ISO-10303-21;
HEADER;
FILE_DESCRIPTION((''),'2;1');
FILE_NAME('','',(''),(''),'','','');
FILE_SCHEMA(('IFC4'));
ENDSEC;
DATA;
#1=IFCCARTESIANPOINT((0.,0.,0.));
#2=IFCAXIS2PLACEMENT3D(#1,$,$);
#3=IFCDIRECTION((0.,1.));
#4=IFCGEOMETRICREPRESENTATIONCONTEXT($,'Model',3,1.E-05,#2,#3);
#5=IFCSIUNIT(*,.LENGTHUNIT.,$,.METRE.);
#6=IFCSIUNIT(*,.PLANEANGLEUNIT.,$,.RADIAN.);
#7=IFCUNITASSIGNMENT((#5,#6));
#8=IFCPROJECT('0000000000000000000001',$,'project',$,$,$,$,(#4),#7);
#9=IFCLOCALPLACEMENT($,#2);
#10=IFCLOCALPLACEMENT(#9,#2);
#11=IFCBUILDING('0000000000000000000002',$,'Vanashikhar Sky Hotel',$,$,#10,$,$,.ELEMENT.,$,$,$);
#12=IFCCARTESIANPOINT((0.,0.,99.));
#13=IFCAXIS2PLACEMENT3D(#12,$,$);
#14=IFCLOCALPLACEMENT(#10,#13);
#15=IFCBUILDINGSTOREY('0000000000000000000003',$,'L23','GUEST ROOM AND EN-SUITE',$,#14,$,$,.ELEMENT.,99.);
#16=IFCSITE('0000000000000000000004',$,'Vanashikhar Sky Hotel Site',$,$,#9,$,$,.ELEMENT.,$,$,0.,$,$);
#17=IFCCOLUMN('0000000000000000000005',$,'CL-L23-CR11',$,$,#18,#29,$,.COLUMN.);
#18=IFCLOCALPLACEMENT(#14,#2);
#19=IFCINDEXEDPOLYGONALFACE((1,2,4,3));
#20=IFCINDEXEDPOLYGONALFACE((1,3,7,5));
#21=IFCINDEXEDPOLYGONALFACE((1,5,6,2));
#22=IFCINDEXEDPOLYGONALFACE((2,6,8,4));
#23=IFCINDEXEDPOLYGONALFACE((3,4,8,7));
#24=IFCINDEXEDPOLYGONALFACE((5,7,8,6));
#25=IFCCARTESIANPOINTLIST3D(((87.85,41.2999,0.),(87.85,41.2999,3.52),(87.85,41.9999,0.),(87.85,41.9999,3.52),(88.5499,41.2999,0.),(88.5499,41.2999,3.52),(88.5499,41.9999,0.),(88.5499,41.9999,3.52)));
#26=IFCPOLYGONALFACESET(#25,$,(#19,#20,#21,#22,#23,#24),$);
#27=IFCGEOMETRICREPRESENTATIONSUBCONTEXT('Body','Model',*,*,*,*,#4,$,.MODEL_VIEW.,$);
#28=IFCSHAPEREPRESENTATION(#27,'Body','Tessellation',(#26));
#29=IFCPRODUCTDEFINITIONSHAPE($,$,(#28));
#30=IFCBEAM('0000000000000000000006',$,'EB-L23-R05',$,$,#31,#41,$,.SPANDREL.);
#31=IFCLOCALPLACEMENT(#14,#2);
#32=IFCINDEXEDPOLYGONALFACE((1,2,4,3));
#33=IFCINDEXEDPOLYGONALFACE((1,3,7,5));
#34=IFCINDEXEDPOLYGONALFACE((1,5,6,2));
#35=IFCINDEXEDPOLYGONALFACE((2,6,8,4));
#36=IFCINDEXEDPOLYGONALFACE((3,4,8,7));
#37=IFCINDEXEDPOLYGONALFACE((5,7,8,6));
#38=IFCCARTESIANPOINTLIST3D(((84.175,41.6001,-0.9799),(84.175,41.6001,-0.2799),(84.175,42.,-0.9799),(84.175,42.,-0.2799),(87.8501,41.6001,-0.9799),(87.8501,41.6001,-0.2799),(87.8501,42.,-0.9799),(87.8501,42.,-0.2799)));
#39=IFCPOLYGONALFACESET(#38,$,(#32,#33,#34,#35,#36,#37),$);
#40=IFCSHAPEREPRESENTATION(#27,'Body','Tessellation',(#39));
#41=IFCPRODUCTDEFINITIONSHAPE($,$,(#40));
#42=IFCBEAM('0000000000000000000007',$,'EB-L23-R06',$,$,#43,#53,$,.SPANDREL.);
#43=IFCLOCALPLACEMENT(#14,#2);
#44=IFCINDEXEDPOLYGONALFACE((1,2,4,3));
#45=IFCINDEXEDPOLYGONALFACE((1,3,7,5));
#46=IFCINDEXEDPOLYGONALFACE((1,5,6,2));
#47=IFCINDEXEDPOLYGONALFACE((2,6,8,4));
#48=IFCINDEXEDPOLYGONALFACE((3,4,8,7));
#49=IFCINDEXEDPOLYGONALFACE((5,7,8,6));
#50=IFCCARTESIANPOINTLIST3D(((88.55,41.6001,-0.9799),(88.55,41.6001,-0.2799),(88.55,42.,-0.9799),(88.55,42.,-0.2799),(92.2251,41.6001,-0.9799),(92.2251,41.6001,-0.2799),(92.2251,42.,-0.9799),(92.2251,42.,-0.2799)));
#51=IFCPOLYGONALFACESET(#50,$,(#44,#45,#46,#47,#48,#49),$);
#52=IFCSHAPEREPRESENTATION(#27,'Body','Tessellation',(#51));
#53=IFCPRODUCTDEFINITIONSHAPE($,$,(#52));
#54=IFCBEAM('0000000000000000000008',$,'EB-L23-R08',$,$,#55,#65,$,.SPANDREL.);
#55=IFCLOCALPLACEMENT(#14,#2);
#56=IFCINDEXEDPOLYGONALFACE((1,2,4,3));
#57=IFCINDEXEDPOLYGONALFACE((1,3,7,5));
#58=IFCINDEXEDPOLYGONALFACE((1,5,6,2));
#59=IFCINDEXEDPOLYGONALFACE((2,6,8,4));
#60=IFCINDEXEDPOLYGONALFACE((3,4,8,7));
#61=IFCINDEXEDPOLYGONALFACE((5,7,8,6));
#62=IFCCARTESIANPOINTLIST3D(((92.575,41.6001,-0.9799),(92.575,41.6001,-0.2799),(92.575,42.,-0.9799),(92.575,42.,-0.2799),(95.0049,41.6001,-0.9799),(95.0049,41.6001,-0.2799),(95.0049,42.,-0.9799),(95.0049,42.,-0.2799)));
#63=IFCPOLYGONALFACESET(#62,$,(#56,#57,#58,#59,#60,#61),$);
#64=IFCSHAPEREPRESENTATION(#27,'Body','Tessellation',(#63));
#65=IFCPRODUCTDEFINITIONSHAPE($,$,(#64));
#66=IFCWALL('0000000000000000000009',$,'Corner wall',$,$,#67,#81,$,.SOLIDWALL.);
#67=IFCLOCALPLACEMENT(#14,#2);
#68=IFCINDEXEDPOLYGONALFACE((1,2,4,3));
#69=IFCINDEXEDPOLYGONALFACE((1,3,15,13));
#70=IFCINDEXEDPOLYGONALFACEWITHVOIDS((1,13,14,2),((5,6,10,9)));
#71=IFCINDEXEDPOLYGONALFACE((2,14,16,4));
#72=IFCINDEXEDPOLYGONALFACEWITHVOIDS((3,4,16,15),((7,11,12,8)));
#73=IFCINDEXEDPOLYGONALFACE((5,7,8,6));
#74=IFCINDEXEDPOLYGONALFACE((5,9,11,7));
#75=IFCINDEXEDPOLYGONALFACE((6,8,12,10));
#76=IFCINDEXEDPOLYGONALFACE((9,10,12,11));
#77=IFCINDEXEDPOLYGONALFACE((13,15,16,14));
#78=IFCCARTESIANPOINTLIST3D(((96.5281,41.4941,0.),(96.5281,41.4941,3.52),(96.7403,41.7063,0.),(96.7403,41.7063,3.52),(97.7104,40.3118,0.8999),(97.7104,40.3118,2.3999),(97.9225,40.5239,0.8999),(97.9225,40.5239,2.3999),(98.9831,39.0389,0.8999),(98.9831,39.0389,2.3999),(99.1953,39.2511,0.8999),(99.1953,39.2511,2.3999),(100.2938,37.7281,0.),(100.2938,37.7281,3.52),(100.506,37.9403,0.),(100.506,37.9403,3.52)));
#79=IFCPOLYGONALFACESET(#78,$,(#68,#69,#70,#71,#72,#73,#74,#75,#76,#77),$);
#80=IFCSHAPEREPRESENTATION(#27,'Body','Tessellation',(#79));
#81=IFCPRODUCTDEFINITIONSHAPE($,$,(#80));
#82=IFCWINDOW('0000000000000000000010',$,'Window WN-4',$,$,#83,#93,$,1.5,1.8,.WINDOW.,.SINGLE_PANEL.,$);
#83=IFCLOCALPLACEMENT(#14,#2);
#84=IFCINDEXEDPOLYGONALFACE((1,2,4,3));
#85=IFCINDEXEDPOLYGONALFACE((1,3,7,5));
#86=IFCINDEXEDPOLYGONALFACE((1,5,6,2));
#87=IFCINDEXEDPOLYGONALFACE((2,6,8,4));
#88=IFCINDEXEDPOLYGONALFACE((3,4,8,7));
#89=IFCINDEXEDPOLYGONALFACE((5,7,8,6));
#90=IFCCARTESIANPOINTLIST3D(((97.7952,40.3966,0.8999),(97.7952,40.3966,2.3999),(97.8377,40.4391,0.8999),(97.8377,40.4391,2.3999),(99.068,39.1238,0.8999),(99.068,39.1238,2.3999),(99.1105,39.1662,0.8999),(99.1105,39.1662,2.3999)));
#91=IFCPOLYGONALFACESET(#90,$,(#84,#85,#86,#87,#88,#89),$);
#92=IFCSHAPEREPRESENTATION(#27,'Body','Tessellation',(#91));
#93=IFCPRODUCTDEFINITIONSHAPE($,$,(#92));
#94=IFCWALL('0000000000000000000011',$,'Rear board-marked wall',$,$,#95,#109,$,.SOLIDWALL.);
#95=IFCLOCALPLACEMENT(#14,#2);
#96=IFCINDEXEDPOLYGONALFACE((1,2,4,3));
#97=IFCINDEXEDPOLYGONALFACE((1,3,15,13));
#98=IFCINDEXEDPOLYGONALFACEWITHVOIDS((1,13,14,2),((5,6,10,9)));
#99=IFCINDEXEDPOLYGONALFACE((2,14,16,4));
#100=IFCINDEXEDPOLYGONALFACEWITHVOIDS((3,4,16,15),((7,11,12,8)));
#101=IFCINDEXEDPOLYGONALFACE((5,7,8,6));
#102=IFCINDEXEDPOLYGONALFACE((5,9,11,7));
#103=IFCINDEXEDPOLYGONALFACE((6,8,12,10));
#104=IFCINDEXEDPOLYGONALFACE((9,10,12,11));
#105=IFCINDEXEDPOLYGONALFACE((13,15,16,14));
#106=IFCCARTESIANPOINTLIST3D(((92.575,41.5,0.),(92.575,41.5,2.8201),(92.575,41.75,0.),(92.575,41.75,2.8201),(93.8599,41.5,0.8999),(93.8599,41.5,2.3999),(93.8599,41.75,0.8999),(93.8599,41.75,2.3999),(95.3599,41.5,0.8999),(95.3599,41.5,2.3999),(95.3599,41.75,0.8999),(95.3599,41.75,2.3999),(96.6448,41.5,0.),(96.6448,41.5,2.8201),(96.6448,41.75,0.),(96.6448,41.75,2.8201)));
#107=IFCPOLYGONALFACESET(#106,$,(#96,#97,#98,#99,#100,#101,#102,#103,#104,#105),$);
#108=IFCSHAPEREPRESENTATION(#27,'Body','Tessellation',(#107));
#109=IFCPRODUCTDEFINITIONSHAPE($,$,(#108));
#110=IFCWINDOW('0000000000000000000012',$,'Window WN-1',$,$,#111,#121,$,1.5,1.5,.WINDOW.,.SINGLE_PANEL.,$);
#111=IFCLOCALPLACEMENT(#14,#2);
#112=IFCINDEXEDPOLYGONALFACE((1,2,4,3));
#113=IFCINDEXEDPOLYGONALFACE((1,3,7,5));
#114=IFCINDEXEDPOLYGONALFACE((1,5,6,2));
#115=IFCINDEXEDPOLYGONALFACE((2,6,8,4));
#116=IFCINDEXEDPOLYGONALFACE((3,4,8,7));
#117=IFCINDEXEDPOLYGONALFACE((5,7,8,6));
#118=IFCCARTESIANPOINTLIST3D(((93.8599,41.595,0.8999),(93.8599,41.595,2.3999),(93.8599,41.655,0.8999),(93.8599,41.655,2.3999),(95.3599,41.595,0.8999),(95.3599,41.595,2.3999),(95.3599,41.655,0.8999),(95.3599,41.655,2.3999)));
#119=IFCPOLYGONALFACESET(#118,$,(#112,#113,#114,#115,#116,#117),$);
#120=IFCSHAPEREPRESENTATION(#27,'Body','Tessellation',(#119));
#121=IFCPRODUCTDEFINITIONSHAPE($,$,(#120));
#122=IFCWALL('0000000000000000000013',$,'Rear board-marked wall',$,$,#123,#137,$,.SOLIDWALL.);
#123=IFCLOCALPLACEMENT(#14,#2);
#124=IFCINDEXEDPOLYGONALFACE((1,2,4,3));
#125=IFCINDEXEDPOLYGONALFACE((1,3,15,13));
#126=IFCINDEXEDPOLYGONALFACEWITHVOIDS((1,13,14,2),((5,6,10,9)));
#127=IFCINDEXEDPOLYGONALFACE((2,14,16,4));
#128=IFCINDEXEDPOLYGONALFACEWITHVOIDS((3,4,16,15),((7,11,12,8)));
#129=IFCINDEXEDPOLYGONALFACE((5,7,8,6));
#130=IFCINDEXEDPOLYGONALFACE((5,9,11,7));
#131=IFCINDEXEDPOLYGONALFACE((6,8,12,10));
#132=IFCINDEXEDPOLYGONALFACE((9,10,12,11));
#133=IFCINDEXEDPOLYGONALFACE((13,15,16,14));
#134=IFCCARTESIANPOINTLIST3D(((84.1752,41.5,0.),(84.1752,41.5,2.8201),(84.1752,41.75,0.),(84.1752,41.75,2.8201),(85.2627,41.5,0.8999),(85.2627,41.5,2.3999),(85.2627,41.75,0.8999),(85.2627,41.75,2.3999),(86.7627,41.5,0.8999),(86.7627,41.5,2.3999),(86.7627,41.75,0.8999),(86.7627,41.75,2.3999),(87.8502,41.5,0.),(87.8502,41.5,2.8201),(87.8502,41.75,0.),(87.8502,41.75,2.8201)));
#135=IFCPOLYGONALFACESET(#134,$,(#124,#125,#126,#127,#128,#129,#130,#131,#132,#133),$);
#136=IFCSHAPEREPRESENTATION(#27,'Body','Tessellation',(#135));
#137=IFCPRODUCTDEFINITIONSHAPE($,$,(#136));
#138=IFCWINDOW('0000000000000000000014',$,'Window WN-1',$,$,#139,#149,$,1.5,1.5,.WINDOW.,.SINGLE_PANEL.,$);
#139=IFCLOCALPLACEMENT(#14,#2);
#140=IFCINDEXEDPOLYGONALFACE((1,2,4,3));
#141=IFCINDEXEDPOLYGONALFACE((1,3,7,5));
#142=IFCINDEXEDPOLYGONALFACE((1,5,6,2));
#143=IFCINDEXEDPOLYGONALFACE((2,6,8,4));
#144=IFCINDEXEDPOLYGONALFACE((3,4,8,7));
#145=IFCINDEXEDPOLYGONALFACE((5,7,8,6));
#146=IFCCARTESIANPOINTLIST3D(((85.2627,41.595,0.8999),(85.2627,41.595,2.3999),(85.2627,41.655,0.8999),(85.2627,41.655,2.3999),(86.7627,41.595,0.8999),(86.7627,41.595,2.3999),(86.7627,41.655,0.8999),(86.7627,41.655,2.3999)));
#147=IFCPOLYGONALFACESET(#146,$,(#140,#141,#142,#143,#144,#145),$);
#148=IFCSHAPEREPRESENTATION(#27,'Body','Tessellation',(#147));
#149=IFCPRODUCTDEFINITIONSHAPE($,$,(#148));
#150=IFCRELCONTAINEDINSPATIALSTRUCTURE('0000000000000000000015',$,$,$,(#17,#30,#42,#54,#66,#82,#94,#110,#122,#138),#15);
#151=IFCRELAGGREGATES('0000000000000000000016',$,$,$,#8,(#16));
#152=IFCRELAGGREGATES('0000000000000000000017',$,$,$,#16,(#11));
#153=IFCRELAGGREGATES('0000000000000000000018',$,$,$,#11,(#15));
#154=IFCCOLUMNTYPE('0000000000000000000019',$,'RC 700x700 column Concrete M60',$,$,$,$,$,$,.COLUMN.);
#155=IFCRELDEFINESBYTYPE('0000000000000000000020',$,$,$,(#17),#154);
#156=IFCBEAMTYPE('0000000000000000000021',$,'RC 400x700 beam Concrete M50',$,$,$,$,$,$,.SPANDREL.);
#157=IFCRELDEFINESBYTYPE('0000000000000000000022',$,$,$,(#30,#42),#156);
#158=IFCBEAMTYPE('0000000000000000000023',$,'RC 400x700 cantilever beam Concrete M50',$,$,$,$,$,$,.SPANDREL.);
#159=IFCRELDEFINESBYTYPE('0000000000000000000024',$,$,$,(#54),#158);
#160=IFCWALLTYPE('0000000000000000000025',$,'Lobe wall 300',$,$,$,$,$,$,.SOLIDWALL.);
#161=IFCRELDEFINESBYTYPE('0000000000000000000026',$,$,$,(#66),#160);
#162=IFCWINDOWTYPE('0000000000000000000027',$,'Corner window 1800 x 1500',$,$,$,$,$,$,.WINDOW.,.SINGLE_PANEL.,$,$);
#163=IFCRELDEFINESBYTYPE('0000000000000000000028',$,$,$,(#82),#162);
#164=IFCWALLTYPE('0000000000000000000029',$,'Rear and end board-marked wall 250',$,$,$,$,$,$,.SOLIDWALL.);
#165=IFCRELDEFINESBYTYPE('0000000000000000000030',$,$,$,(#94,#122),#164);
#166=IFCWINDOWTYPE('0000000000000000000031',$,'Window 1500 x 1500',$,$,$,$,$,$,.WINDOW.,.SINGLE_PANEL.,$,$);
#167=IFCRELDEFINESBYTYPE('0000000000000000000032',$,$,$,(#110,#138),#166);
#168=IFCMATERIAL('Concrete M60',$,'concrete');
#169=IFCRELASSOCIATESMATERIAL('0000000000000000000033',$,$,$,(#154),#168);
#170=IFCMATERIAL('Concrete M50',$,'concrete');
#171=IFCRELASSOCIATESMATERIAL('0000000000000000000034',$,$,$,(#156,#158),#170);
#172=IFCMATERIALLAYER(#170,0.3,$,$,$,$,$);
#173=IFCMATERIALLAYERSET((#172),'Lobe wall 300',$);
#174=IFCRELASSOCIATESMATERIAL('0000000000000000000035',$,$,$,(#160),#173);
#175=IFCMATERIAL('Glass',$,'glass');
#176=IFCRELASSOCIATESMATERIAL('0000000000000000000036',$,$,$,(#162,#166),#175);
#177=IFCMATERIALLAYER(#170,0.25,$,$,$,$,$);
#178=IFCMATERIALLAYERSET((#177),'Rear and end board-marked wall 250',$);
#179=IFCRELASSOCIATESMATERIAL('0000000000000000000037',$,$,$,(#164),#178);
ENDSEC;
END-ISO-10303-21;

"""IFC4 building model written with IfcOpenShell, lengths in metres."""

from ifc_helpers import new_model, si_unit, direction, frame, frame_2d, origin, origin_2d, place, context, subcontext, project, spatial, rectangle, extrude, source, transform, mapped, material, layer, layer_set, material_profile, profile_set, type_object, element, fill, save


model = new_model("IFC4")

# Units and contexts
model_context = context("Model", 3, precision=1e-05, world=origin(), true_north=direction((0.0, 1.0)))
body_context = subcontext(model_context, "Body", "Model", "MODEL_VIEW")
ifc_project = project(units=[si_unit("LENGTHUNIT", "METRE"), si_unit("PLANEANGLEUNIT", "RADIAN")], contexts=[model_context])

# Site, building, storey
site_placement = place(None, origin())
site = spatial("IfcSite", under=ifc_project, at=site_placement, Name="Vanashikhar Sky Hotel Site", CompositionType="ELEMENT", RefElevation=0.0)
building_placement = place(site_placement, origin())
building = spatial("IfcBuilding", under=site, at=building_placement, Name="Vanashikhar Sky Hotel", CompositionType="ELEMENT")
storey_placement = place(building_placement, frame((0.0, 0.0, 99.0)))
storey = spatial("IfcBuildingStorey", under=building, at=storey_placement, Name="L23", Description="GUEST ROOM AND EN-SUITE", CompositionType="ELEMENT", Elevation=99.0)

# Column
ifc_material_1 = material(Name="Concrete M60", Category="concrete")
ifc_material_profile_1 = material_profile(ifc_material_1, rectangle(XDim=0.7, YDim=0.7, at=origin_2d()))
ifc_profile_set_1 = profile_set([ifc_material_profile_1], Name="RC 700x700 column Concrete M60")
column_type = type_object("IfcColumnType", Name="RC 700x700 column Concrete M60", PredefinedType="COLUMN", material=ifc_profile_set_1)
shared_shape_1 = source(origin(), body_context, "Body", "SweptSolid", [
    extrude(rectangle(XDim=0.7, YDim=0.7, at=origin_2d()), origin(), (0.0, 0.0, 1.0), 3.52),
])
column_placement = place(storey_placement, frame((88.2, 41.6499, 0.0), z_axis=(0.0, 0.0, 1.0), x_axis=(1.0, 0.0, 0.0)))
element("IfcColumn", 1, at=column_placement, inside=storey, type_object=column_type, Name="CL-L23-CR11", PredefinedType="COLUMN", context=body_context, shape_type="MappedRepresentation", body=[
    mapped(shared_shape_1, transform((0.0, 0.0, 0.0), scale=1.0)),
])

# Beams
ifc_material_2 = material(Name="Concrete M50", Category="concrete")
ifc_material_profile_2 = material_profile(ifc_material_2, rectangle(XDim=0.3999, YDim=0.7, at=origin_2d()))
ifc_profile_set_2 = profile_set([ifc_material_profile_2], Name="RC 400x700 beam Concrete M50")
beam_type_1 = type_object("IfcBeamType", Name="RC 400x700 beam Concrete M50", PredefinedType="SPANDREL", material=ifc_profile_set_2)
shared_shape_2 = source(origin(), body_context, "Body", "SweptSolid", [
    extrude(rectangle(XDim=0.3999, YDim=0.7, at=origin_2d()), origin(), (0.0, 0.0, 1.0), 3.675),
])
for number, where, z_axis, x_axis, name in (
    (2, (84.175, 41.8, -0.6299), (1.0, 0.0, 0.0), (0.0, 1.0, 0.0), "EB-L23-R05"),
    (3, (88.55, 41.8, -0.6299), (1.0, 0.0, 0.0), (0.0, 1.0, 0.0), "EB-L23-R06"),
):
    element("IfcBeam", number, at=place(storey_placement, frame(where, z_axis=z_axis, x_axis=x_axis)), inside=storey, type_object=beam_type_1, Name=name, PredefinedType="SPANDREL", context=body_context, shape_type="MappedRepresentation", body=[
        mapped(shared_shape_2, transform((0.0, 0.0, 0.0), scale=1.0)),
    ])
ifc_material_profile_3 = material_profile(ifc_material_2, rectangle(XDim=0.3999, YDim=0.7, at=origin_2d()))
ifc_profile_set_3 = profile_set([ifc_material_profile_3], Name="RC 400x700 cantilever beam Concrete M50")
beam_type_2 = type_object("IfcBeamType", Name="RC 400x700 cantilever beam Concrete M50", PredefinedType="SPANDREL", material=ifc_profile_set_3)
shared_shape_3 = source(origin(), body_context, "Body", "SweptSolid", [
    extrude(rectangle(XDim=0.3999, YDim=0.7, at=origin_2d()), origin(), (0.0, 0.0, 1.0), 2.4299),
])
beam_placement = place(storey_placement, frame((92.575, 41.8, -0.6299), z_axis=(1.0, 0.0, 0.0), x_axis=(0.0, 1.0, 0.0)))
element("IfcBeam", 4, at=beam_placement, inside=storey, type_object=beam_type_2, Name="EB-L23-R08", PredefinedType="SPANDREL", context=body_context, shape_type="MappedRepresentation", body=[
    mapped(shared_shape_3, transform((0.0, 0.0, 0.0), scale=1.0)),
])

# Walls, openings, windows
ifc_layer_1 = layer(ifc_material_2, 0.3)
ifc_layer_set_1 = layer_set([ifc_layer_1], Name="Lobe wall 300")
wall_type_1 = type_object("IfcWallType", Name="Lobe wall 300", PredefinedType="SOLIDWALL", material=ifc_layer_set_1)
shared_shape_4 = source(origin(), body_context, "Body", "SweptSolid", [
    extrude(rectangle(XDim=5.3257, YDim=0.3, at=frame_2d((2.6628, 0.0))), origin(), (0.0, 0.0, 1.0), 3.52),
])
wall_1_placement = place(storey_placement, frame((100.3999, 37.8342, 0.0), z_axis=(0.0, 0.0, 1.0), x_axis=(-0.707084, 0.70713, 0.0)))
wall_1 = element("IfcWall", 5, at=wall_1_placement, inside=storey, type_object=wall_type_1, Name="Corner wall", PredefinedType="SOLIDWALL", context=body_context, shape_type="MappedRepresentation", body=[
    mapped(shared_shape_4, transform((0.0, 0.0, 0.0), scale=1.0)),
])
shared_shape_5 = source(origin(), body_context, "Body", "SweptSolid", [
    extrude(rectangle(XDim=1.8, YDim=1.5, at=frame_2d((0.8999, 0.75))), frame((0.0, 0.1602, 0.0), z_axis=(0.0, -1.0, 0.0), x_axis=(1.0, 0.0, 0.0)), (0.0, 0.0, 1.0), 0.3201),
])
opening_1_placement = place(wall_1_placement, frame((1.8538, 0.0, 0.8999)))
opening_1 = element("IfcOpeningElement", 6, at=opening_1_placement, cuts=wall_1, PredefinedType="OPENING", context=body_context, shape_type="MappedRepresentation", body=[
    mapped(shared_shape_5, transform((0.0, 0.0, 0.0), scale=1.0)),
])
ifc_material_3 = material(Name="Glass", Category="glass")
window_type_1 = type_object("IfcWindowType", Name="Corner window 1800 x 1500", PartitioningType="SINGLE_PANEL", PredefinedType="WINDOW", material=ifc_material_3)
shared_shape_6 = source(origin(), body_context, "Body", "SweptSolid", [
    extrude(rectangle(XDim=1.8, YDim=1.5, at=frame_2d((0.8999, 0.75))), frame((0.0, 0.03, 0.0), z_axis=(0.0, -1.0, 0.0), x_axis=(1.0, 0.0, 0.0)), (0.0, 0.0, 1.0), 0.0601),
])
window_1_placement = place(opening_1_placement, origin())
window_1 = element("IfcWindow", 7, at=window_1_placement, inside=storey, type_object=window_type_1, Name="Window WN-4", OverallHeight=1.5, OverallWidth=1.8, PartitioningType="SINGLE_PANEL", PredefinedType="WINDOW", context=body_context, shape_type="MappedRepresentation", body=[
    mapped(shared_shape_6, transform((0.0, 0.0, 0.0), scale=1.0)),
])
fill(opening_1, window_1)
ifc_layer_2 = layer(ifc_material_2, 0.25)
ifc_layer_set_2 = layer_set([ifc_layer_2], Name="Rear and end board-marked wall 250")
wall_type_2 = type_object("IfcWallType", Name="Rear and end board-marked wall 250", PredefinedType="SOLIDWALL", material=ifc_layer_set_2)
shared_shape_7 = source(origin(), body_context, "Body", "SweptSolid", [
    extrude(rectangle(XDim=4.0698, YDim=0.25, at=frame_2d((2.0349, 0.0))), origin(), (0.0, 0.0, 1.0), 2.8201),
])
wall_2_placement = place(storey_placement, frame((96.6448, 41.625, 0.0), z_axis=(0.0, 0.0, 1.0), x_axis=(-1.0, 0.0, 0.0)))
wall_2 = element("IfcWall", 8, at=wall_2_placement, inside=storey, type_object=wall_type_2, Name="Rear board-marked wall", PredefinedType="SOLIDWALL", context=body_context, shape_type="MappedRepresentation", body=[
    mapped(shared_shape_7, transform((0.0, 0.0, 0.0), scale=1.0)),
])
shared_shape_8 = source(origin(), body_context, "Body", "SweptSolid", [
    extrude(rectangle(XDim=1.5, YDim=1.5, at=frame_2d((0.75, 0.75))), frame((0.0, 0.135, 0.0), z_axis=(0.0, -1.0, 0.0), x_axis=(1.0, 0.0, 0.0)), (0.0, 0.0, 1.0), 0.27),
])
opening_2_placement = place(wall_2_placement, frame((1.2849, 0.0, 0.8999)))
opening_2 = element("IfcOpeningElement", 9, at=opening_2_placement, cuts=wall_2, PredefinedType="OPENING", context=body_context, shape_type="MappedRepresentation", body=[
    mapped(shared_shape_8, transform((0.0, 0.0, 0.0), scale=1.0)),
])
window_type_2 = type_object("IfcWindowType", Name="Window 1500 x 1500", PartitioningType="SINGLE_PANEL", PredefinedType="WINDOW", material=ifc_material_3)
shared_shape_9 = source(origin(), body_context, "Body", "SweptSolid", [
    extrude(rectangle(XDim=1.5, YDim=1.5, at=frame_2d((0.75, 0.75))), frame((0.0, 0.03, 0.0), z_axis=(0.0, -1.0, 0.0), x_axis=(1.0, 0.0, 0.0)), (0.0, 0.0, 1.0), 0.0601),
])
window_2_placement = place(opening_2_placement, origin())
window_2 = element("IfcWindow", 10, at=window_2_placement, inside=storey, type_object=window_type_2, Name="Window WN-1", OverallHeight=1.5, OverallWidth=1.5, PartitioningType="SINGLE_PANEL", PredefinedType="WINDOW", context=body_context, shape_type="MappedRepresentation", body=[
    mapped(shared_shape_9, transform((0.0, 0.0, 0.0), scale=1.0)),
])
fill(opening_2, window_2)
shared_shape_10 = source(origin(), body_context, "Body", "SweptSolid", [
    extrude(rectangle(XDim=3.675, YDim=0.25, at=frame_2d((1.8374, 0.0))), origin(), (0.0, 0.0, 1.0), 2.8201),
])
wall_3_placement = place(storey_placement, frame((87.8501, 41.625, 0.0), z_axis=(0.0, 0.0, 1.0), x_axis=(-1.0, 0.0, 0.0)))
wall_3 = element("IfcWall", 11, at=wall_3_placement, inside=storey, type_object=wall_type_2, Name="Rear board-marked wall", PredefinedType="SOLIDWALL", context=body_context, shape_type="MappedRepresentation", body=[
    mapped(shared_shape_10, transform((0.0, 0.0, 0.0), scale=1.0)),
])
opening_3_placement = place(wall_3_placement, frame((1.0874, 0.0, 0.8999)))
opening_3 = element("IfcOpeningElement", 12, at=opening_3_placement, cuts=wall_3, PredefinedType="OPENING", context=body_context, shape_type="MappedRepresentation", body=[
    mapped(shared_shape_8, transform((0.0, 0.0, 0.0), scale=1.0)),
])
window_3_placement = place(opening_3_placement, origin())
window_3 = element("IfcWindow", 13, at=window_3_placement, inside=storey, type_object=window_type_2, Name="Window WN-1", OverallHeight=1.5, OverallWidth=1.5, PartitioningType="SINGLE_PANEL", PredefinedType="WINDOW", context=body_context, shape_type="MappedRepresentation", body=[
    mapped(shared_shape_9, transform((0.0, 0.0, 0.0), scale=1.0)),
])
fill(opening_3, window_3)

save(model, "model.ifc")
